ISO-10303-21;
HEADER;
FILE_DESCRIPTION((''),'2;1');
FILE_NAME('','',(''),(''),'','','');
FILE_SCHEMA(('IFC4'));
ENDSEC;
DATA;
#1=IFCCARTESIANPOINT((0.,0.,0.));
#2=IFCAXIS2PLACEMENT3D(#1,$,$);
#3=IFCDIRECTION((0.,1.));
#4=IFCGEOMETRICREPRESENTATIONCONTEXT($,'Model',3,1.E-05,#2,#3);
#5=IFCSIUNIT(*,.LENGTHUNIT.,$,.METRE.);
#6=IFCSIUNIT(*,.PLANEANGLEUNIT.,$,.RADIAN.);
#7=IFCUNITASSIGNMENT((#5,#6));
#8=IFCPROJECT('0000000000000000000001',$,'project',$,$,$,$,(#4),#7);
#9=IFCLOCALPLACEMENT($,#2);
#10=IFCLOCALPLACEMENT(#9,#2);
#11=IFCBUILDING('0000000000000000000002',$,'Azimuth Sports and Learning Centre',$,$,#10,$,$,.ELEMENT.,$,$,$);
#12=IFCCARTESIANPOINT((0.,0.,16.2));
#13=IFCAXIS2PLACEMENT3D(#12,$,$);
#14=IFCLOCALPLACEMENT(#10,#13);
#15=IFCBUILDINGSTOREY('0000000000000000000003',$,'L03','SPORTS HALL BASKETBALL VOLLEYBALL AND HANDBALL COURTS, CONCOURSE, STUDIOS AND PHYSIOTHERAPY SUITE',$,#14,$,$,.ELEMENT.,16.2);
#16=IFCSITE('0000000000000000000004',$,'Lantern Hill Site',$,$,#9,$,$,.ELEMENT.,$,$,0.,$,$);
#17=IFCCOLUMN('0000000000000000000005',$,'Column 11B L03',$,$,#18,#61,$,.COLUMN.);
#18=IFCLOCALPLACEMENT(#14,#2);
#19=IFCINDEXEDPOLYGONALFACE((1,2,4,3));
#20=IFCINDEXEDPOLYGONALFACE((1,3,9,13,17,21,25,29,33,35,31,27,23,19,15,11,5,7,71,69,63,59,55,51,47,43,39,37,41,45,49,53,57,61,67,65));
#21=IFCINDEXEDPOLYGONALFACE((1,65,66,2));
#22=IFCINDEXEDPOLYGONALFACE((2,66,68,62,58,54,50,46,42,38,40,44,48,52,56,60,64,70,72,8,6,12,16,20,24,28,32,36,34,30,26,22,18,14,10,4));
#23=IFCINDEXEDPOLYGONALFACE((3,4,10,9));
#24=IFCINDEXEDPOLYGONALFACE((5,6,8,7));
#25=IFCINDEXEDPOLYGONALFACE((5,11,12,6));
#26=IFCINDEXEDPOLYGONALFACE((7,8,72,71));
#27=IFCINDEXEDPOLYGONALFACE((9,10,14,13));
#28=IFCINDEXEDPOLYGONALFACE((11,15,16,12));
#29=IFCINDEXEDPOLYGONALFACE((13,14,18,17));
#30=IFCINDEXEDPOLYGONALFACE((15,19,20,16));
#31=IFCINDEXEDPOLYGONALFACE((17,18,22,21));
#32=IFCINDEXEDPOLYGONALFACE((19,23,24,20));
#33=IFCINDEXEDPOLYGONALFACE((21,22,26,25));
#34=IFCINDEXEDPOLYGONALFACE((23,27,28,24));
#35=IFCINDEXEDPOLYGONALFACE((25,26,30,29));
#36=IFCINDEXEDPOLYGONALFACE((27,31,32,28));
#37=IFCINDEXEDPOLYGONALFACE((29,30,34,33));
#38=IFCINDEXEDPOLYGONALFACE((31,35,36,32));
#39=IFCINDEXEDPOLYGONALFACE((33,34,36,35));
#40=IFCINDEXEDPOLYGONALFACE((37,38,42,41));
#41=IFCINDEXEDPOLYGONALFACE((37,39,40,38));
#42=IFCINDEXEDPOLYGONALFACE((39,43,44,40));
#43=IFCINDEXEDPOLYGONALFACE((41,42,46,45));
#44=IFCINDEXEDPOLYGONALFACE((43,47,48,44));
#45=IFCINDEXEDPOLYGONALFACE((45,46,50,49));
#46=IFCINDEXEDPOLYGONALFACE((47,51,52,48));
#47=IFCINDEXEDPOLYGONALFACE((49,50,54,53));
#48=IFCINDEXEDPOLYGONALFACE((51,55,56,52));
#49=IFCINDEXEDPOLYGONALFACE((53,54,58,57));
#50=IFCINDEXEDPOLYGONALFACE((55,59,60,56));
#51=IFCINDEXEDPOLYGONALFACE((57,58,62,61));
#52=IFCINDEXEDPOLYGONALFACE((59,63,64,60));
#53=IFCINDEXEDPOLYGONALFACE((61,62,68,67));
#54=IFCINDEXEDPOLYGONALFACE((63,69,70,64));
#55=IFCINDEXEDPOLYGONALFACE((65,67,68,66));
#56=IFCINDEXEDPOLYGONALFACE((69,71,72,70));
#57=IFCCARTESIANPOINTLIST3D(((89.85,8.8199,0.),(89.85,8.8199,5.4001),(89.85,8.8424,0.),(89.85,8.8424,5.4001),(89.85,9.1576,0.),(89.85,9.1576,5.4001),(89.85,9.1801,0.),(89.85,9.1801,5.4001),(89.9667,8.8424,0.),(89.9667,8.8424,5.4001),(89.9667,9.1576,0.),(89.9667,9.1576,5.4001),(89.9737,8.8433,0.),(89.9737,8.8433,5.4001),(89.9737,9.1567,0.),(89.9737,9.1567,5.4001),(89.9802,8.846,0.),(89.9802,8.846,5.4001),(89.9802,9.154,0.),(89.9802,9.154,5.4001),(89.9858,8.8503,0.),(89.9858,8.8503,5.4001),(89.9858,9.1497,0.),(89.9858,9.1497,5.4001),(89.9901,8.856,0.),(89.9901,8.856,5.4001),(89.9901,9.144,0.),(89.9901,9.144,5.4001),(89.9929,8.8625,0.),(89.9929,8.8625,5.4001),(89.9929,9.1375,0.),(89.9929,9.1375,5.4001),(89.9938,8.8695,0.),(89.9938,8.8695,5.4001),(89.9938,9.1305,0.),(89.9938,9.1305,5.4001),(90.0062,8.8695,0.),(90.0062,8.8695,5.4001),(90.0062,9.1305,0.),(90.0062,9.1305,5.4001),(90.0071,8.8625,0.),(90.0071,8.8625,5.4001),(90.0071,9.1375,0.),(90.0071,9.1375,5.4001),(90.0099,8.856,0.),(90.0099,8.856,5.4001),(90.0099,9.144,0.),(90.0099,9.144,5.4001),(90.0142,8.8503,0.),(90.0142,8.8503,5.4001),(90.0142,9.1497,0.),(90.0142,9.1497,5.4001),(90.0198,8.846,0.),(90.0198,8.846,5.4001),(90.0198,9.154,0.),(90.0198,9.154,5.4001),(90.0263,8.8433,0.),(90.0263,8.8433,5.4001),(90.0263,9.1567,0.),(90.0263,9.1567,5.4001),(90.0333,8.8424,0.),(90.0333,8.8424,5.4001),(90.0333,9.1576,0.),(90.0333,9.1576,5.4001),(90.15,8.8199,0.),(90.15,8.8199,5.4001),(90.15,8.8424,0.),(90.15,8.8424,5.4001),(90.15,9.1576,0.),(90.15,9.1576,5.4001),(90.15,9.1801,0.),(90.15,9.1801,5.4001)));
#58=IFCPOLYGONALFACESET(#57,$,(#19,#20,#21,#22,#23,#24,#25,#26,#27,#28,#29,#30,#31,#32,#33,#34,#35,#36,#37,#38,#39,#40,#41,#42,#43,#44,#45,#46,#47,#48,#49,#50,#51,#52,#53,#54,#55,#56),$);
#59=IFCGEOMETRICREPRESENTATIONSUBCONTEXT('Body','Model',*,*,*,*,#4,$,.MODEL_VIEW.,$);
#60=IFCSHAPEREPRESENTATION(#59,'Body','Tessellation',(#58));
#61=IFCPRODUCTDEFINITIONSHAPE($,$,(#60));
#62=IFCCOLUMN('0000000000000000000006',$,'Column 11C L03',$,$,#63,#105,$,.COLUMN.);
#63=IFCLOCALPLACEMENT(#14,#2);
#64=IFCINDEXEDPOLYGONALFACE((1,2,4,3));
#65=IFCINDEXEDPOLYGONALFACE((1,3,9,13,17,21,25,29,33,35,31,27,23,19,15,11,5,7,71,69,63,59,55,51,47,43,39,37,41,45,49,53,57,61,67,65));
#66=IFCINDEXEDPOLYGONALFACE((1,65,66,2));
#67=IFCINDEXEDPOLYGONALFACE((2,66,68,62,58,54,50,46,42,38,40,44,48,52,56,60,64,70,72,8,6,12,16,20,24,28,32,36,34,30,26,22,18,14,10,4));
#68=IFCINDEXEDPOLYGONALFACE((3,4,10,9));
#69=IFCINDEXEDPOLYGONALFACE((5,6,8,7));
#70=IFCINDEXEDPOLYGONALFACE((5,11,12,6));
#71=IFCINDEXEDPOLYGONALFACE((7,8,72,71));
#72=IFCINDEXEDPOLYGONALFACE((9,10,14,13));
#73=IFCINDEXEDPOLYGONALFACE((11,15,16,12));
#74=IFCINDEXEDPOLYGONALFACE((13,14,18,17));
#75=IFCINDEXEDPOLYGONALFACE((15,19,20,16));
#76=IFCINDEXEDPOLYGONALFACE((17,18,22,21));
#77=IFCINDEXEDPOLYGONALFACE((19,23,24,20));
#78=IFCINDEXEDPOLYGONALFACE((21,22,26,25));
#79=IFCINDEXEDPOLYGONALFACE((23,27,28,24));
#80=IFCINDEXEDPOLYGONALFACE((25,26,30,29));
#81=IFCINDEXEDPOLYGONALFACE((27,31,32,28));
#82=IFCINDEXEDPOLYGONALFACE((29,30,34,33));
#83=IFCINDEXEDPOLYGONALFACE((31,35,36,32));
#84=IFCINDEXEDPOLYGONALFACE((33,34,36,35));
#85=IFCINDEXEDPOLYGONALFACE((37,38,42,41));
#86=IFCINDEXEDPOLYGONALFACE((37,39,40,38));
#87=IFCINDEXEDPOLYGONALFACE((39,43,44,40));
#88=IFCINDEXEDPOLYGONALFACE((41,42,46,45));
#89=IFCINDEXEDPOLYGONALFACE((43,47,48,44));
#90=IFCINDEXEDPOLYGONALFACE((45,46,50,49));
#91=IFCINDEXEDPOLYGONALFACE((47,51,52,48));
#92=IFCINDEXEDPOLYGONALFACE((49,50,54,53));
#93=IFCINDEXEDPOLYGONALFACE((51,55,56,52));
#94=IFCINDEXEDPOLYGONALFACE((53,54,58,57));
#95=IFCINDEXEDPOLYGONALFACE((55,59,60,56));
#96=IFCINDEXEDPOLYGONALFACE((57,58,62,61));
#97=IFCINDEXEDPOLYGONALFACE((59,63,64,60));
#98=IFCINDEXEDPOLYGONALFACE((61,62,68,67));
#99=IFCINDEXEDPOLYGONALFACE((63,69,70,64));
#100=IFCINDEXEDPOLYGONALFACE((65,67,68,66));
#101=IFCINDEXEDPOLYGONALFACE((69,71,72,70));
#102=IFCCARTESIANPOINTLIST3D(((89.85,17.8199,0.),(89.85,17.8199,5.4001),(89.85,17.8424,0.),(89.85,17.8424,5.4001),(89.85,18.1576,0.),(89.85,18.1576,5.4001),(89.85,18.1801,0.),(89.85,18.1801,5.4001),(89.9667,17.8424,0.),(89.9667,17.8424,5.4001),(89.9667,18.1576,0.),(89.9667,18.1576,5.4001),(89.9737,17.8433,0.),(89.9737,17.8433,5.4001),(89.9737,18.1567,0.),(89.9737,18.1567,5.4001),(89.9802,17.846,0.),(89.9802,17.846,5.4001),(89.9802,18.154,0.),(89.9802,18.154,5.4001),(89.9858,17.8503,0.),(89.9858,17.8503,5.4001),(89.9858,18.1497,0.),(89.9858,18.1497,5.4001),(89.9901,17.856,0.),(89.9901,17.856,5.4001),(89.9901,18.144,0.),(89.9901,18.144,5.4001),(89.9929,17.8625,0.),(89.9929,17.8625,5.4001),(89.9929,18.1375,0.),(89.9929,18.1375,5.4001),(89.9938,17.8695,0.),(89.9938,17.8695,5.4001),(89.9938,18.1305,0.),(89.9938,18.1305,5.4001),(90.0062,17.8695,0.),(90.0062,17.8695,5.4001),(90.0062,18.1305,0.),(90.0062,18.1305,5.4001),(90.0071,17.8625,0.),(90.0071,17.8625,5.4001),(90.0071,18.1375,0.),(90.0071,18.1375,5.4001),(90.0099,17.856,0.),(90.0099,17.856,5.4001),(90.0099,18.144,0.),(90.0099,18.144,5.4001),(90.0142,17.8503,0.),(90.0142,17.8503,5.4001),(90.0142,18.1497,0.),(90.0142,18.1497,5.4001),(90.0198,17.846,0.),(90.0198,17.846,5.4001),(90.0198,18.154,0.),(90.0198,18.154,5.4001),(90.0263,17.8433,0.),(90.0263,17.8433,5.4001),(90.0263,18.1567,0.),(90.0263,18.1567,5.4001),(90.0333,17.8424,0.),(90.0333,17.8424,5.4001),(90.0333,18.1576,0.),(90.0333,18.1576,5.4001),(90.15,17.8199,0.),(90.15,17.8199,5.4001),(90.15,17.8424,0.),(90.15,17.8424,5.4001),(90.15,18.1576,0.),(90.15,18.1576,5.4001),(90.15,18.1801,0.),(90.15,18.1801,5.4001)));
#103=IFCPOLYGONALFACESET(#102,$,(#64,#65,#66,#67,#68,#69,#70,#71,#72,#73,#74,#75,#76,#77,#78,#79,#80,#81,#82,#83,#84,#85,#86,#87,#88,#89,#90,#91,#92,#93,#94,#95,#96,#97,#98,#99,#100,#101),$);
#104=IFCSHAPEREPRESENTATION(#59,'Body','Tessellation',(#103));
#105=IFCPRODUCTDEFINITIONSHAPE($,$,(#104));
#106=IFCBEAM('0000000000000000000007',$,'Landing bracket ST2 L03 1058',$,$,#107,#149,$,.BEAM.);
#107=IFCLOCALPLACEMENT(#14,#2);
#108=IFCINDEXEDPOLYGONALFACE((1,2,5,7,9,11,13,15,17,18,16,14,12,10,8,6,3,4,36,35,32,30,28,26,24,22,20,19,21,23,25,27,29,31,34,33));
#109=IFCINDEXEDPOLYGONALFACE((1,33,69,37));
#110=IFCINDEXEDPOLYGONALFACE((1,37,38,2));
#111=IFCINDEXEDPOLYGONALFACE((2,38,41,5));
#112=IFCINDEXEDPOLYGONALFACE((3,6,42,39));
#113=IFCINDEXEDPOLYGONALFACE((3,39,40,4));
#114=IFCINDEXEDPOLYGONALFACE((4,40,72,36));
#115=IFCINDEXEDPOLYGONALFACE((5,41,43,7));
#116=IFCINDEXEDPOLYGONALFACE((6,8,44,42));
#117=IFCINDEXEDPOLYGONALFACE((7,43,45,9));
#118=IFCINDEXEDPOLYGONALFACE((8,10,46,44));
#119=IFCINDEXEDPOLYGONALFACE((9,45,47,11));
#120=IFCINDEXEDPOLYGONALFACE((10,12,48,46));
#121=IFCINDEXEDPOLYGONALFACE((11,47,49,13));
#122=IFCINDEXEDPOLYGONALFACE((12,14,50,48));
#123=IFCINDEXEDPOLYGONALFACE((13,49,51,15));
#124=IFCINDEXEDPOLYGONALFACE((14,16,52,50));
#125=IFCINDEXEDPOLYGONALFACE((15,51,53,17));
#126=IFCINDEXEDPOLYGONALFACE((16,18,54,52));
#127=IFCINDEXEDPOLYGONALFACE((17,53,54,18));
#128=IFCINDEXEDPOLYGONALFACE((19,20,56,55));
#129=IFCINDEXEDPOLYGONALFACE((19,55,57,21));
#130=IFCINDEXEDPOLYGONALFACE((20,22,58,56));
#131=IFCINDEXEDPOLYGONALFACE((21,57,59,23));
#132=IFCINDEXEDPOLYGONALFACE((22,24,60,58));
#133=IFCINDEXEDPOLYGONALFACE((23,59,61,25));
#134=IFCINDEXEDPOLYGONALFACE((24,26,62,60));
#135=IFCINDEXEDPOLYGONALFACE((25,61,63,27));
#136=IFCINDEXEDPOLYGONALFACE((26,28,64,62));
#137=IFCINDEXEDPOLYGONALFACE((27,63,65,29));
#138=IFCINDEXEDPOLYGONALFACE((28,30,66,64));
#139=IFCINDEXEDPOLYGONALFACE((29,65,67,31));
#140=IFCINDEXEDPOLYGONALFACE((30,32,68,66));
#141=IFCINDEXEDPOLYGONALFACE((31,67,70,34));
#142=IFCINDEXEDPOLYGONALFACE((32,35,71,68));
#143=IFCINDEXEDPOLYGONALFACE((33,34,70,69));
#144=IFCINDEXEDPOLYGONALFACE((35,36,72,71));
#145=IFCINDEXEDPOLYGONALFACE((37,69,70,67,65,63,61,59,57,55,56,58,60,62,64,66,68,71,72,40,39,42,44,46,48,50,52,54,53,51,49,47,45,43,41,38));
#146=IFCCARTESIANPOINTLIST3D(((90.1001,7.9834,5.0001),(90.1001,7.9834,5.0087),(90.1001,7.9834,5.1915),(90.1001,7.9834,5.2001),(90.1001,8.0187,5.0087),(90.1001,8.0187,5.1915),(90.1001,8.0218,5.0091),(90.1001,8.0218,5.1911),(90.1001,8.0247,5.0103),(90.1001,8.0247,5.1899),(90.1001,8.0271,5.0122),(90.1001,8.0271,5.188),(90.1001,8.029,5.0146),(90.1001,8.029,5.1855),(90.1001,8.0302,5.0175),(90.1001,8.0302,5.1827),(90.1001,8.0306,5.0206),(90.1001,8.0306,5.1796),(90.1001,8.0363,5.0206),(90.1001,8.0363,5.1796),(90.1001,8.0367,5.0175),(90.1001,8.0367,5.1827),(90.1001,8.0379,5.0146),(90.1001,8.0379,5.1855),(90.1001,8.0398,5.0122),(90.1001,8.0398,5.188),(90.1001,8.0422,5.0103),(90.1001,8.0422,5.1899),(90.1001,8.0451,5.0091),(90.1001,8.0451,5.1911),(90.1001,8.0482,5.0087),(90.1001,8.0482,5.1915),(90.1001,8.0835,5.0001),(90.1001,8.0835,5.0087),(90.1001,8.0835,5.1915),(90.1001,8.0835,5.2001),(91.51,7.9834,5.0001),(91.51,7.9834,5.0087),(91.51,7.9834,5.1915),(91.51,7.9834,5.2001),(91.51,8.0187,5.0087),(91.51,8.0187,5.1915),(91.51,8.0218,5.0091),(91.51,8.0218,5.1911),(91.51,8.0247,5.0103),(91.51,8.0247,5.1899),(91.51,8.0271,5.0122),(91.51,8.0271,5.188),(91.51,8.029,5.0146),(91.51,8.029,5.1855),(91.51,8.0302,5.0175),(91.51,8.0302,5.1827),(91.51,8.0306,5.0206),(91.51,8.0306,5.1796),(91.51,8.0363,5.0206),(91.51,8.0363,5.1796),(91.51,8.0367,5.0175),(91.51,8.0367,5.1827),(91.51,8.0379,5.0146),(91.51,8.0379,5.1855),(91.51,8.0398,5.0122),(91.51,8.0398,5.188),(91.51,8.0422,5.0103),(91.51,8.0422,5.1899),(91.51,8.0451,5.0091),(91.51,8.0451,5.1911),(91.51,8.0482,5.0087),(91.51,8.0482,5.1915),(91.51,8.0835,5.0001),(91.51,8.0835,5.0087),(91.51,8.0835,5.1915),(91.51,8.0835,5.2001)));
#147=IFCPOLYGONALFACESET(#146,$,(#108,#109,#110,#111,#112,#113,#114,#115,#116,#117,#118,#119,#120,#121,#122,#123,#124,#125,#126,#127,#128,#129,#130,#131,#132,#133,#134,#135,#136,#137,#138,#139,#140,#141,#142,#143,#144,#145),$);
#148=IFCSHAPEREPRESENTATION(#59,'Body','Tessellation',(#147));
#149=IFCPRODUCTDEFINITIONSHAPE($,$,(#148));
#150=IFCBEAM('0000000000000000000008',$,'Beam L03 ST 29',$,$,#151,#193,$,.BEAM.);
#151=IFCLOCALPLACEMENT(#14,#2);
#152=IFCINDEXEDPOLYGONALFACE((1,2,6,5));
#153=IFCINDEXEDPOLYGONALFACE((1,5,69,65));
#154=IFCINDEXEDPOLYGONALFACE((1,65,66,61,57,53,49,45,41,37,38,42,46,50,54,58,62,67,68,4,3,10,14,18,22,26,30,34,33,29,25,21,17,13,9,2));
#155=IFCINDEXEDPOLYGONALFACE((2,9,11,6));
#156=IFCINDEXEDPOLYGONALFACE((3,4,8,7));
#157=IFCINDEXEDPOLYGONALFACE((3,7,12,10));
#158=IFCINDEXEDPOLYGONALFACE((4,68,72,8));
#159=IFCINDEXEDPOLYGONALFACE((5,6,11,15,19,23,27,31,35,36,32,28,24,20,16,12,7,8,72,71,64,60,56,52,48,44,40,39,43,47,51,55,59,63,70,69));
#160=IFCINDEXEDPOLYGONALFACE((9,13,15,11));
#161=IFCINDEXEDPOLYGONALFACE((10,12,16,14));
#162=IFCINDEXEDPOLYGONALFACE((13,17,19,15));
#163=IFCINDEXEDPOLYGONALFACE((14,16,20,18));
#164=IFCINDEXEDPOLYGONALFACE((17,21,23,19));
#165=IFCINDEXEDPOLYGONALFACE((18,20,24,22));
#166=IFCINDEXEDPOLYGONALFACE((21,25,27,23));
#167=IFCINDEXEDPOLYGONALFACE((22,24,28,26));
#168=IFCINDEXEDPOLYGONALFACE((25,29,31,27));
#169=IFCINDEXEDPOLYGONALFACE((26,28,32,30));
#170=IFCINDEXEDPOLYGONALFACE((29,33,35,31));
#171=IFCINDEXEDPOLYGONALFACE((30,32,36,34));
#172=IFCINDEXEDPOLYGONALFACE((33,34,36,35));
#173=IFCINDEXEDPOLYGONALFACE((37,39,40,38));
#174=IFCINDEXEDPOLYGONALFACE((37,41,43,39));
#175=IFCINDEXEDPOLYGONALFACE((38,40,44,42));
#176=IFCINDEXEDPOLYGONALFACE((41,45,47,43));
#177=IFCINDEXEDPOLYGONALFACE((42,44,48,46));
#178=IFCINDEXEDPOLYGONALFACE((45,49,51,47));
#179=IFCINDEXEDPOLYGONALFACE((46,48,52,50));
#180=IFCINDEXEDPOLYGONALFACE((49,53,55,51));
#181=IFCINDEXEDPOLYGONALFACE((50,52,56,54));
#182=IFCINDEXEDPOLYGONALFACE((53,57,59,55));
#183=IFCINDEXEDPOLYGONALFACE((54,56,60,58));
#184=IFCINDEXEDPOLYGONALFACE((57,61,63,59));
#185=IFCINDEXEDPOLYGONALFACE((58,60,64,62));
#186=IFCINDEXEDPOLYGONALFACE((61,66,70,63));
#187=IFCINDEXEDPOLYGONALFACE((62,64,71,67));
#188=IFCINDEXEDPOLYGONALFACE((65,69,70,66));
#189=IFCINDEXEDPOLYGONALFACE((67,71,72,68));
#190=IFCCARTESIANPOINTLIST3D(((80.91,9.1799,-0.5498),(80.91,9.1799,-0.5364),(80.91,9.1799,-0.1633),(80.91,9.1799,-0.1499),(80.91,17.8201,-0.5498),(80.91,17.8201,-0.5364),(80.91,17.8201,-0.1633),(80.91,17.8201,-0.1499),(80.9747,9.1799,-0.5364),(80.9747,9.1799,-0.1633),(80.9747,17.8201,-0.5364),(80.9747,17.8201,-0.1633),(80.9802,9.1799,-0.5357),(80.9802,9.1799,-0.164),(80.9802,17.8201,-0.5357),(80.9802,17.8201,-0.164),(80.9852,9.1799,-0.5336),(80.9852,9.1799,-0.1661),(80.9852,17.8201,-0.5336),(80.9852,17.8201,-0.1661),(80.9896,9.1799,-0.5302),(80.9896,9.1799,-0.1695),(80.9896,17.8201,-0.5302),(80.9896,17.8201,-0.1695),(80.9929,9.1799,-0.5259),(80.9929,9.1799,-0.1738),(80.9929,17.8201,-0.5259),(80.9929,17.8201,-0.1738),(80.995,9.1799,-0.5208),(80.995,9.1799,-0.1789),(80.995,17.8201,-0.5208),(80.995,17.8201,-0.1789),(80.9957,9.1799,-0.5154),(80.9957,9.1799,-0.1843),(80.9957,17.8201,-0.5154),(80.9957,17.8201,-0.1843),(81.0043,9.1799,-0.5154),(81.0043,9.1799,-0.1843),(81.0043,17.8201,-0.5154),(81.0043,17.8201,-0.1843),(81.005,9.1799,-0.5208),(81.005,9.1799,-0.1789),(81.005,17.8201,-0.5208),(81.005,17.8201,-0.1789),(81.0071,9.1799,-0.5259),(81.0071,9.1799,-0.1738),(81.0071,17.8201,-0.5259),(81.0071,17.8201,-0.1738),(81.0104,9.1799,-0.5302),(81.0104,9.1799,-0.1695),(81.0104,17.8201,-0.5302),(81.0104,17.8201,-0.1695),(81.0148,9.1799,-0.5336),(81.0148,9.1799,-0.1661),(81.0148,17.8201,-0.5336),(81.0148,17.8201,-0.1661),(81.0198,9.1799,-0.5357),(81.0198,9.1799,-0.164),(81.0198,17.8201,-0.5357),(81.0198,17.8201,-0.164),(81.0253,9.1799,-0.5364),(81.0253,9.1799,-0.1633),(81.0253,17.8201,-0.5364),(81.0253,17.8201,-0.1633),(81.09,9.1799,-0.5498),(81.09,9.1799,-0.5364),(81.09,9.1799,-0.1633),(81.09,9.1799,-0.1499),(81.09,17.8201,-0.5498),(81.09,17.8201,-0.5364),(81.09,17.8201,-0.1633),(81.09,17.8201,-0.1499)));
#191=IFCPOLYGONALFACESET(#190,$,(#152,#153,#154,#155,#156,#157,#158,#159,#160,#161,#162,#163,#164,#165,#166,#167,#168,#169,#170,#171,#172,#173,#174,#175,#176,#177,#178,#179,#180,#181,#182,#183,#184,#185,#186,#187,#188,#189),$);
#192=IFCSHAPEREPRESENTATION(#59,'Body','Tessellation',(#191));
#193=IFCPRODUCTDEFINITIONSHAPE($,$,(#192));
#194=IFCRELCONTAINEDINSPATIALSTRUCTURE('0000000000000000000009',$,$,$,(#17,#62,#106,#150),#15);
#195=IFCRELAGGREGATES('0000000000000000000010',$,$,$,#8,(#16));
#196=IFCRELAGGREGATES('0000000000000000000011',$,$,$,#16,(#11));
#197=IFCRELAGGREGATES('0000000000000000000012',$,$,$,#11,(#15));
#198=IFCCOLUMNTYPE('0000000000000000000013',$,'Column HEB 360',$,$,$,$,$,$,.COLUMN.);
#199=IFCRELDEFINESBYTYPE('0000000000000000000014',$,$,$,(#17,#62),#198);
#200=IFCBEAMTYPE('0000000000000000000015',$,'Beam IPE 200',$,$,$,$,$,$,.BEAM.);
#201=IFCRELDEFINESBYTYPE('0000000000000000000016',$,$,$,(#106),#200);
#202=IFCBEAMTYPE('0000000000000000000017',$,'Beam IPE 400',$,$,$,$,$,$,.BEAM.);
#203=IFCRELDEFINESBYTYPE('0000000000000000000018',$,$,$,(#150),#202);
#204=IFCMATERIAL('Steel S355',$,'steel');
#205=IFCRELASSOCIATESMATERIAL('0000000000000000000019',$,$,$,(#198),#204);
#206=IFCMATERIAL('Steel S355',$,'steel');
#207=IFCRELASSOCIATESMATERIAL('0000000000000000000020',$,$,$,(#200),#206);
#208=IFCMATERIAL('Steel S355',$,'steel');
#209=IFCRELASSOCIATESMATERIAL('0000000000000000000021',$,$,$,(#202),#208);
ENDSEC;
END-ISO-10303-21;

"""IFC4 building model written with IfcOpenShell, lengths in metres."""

from ifc_helpers import new_model, si_unit, direction, frame, origin, origin_2d, place, context, subcontext, project, spatial, i_section, extrude, material, material_profile, profile_set, type_object, element, save


model = new_model("IFC4")

# Units and contexts
model_context = context("Model", 3, precision=1e-05, world=origin(), true_north=direction((0.0, 1.0)))
body_context = subcontext(model_context, "Body", "Model", "MODEL_VIEW")
ifc_project = project(units=[si_unit("LENGTHUNIT", "METRE"), si_unit("PLANEANGLEUNIT", "RADIAN")], contexts=[model_context])

# Site, building, storey
site_placement = place(None, origin())
site = spatial("IfcSite", under=ifc_project, at=site_placement, Name="Lantern Hill Site", CompositionType="ELEMENT", RefElevation=0.0)
building_placement = place(site_placement, origin())
building = spatial("IfcBuilding", under=site, at=building_placement, Name="Azimuth Sports and Learning Centre", CompositionType="ELEMENT")
storey_placement = place(building_placement, frame((0.0, 0.0, 16.2)))
storey = spatial("IfcBuildingStorey", under=building, at=storey_placement, Name="L03", Description="SPORTS HALL BASKETBALL VOLLEYBALL AND HANDBALL COURTS, CONCOURSE, STUDIOS AND PHYSIOTHERAPY SUITE", CompositionType="ELEMENT", Elevation=16.2)

# Columns
ifc_material_1 = material(Name="Steel S355", Category="steel")
ifc_material_profile_1 = material_profile(ifc_material_1, i_section(OverallWidth=0.3, OverallDepth=0.3601, WebThickness=0.0125, FlangeThickness=0.0225, FilletRadius=0.0271, at=origin_2d()), Name="HEB 360")
ifc_profile_set_1 = profile_set([ifc_material_profile_1], Name="Steel S355")
column_type = type_object("IfcColumnType", Name="Column HEB 360", PredefinedType="COLUMN", material=ifc_profile_set_1)
for number, where, z_axis, x_axis, name in (
    (1, (90.0, 9.0, 0.0), (0.0, 0.0, 1.0), (1.0, 0.0, 0.0), "Column 11B L03"),
    (2, (90.0, 18.0, 0.0), (0.0, 0.0, 1.0), (1.0, 0.0, 0.0), "Column 11C L03"),
):
    element("IfcColumn", number, at=place(storey_placement, frame(where, z_axis=z_axis, x_axis=x_axis)), inside=storey, type_object=column_type, Name=name, PredefinedType="COLUMN", context=body_context, shape_type="SweptSolid", body=[
        extrude(i_section(OverallWidth=0.3, OverallDepth=0.3601, WebThickness=0.0125, FlangeThickness=0.0225, FilletRadius=0.0271, at=origin_2d()), origin(), (0.0, 0.0, 1.0), 5.4001),
    ])

# Beams
ifc_material_2 = material(Name="Steel S355", Category="steel")
ifc_material_profile_2 = material_profile(ifc_material_2, i_section(OverallWidth=0.1001, OverallDepth=0.2, WebThickness=0.0056, FlangeThickness=0.0085, FilletRadius=0.012, at=origin_2d()), Name="IPE 200")
ifc_profile_set_2 = profile_set([ifc_material_profile_2], Name="Steel S355")
beam_type_1 = type_object("IfcBeamType", Name="Beam IPE 200", PredefinedType="BEAM", material=ifc_profile_set_2)
beam_placement = place(storey_placement, frame((90.1001, 8.0334, 5.1001), z_axis=(1.0, 0.0, 0.0), x_axis=(0.0, 1.0, 0.0)))
element("IfcBeam", 3, at=beam_placement, inside=storey, type_object=beam_type_1, Name="Landing bracket ST2 L03 1058", PredefinedType="BEAM", context=body_context, shape_type="SweptSolid", body=[
    extrude(i_section(OverallWidth=0.1001, OverallDepth=0.2, WebThickness=0.0056, FlangeThickness=0.0085, FilletRadius=0.012, at=origin_2d()), origin(), (0.0, 0.0, 1.0), 1.4099),
])
ifc_material_3 = material(Name="Steel S355", Category="steel")
ifc_material_profile_3 = material_profile(ifc_material_3, i_section(OverallWidth=0.1799, OverallDepth=0.3999, WebThickness=0.0085, FlangeThickness=0.0134, FilletRadius=0.021, at=origin_2d()), Name="IPE 400")
ifc_profile_set_3 = profile_set([ifc_material_profile_3], Name="Steel S355")
beam_type_2 = type_object("IfcBeamType", Name="Beam IPE 400", PredefinedType="BEAM", material=ifc_profile_set_3)
for number, where, z_axis, x_axis, name in (
    (4, (81.0, 9.1799, -0.3499), (0.0, 1.0, 0.0), (-1.0, 0.0, 0.0), "Beam L03 ST 29"),
):
    element("IfcBeam", number, at=place(storey_placement, frame(where, z_axis=z_axis, x_axis=x_axis)), inside=storey, type_object=beam_type_2, Name=name, PredefinedType="BEAM", context=body_context, shape_type="SweptSolid", body=[
        extrude(i_section(OverallWidth=0.1799, OverallDepth=0.3999, WebThickness=0.0085, FlangeThickness=0.0134, FilletRadius=0.021, at=origin_2d()), origin(), (0.0, 0.0, 1.0), 8.6401),
    ])

save(model, "model.ifc")
